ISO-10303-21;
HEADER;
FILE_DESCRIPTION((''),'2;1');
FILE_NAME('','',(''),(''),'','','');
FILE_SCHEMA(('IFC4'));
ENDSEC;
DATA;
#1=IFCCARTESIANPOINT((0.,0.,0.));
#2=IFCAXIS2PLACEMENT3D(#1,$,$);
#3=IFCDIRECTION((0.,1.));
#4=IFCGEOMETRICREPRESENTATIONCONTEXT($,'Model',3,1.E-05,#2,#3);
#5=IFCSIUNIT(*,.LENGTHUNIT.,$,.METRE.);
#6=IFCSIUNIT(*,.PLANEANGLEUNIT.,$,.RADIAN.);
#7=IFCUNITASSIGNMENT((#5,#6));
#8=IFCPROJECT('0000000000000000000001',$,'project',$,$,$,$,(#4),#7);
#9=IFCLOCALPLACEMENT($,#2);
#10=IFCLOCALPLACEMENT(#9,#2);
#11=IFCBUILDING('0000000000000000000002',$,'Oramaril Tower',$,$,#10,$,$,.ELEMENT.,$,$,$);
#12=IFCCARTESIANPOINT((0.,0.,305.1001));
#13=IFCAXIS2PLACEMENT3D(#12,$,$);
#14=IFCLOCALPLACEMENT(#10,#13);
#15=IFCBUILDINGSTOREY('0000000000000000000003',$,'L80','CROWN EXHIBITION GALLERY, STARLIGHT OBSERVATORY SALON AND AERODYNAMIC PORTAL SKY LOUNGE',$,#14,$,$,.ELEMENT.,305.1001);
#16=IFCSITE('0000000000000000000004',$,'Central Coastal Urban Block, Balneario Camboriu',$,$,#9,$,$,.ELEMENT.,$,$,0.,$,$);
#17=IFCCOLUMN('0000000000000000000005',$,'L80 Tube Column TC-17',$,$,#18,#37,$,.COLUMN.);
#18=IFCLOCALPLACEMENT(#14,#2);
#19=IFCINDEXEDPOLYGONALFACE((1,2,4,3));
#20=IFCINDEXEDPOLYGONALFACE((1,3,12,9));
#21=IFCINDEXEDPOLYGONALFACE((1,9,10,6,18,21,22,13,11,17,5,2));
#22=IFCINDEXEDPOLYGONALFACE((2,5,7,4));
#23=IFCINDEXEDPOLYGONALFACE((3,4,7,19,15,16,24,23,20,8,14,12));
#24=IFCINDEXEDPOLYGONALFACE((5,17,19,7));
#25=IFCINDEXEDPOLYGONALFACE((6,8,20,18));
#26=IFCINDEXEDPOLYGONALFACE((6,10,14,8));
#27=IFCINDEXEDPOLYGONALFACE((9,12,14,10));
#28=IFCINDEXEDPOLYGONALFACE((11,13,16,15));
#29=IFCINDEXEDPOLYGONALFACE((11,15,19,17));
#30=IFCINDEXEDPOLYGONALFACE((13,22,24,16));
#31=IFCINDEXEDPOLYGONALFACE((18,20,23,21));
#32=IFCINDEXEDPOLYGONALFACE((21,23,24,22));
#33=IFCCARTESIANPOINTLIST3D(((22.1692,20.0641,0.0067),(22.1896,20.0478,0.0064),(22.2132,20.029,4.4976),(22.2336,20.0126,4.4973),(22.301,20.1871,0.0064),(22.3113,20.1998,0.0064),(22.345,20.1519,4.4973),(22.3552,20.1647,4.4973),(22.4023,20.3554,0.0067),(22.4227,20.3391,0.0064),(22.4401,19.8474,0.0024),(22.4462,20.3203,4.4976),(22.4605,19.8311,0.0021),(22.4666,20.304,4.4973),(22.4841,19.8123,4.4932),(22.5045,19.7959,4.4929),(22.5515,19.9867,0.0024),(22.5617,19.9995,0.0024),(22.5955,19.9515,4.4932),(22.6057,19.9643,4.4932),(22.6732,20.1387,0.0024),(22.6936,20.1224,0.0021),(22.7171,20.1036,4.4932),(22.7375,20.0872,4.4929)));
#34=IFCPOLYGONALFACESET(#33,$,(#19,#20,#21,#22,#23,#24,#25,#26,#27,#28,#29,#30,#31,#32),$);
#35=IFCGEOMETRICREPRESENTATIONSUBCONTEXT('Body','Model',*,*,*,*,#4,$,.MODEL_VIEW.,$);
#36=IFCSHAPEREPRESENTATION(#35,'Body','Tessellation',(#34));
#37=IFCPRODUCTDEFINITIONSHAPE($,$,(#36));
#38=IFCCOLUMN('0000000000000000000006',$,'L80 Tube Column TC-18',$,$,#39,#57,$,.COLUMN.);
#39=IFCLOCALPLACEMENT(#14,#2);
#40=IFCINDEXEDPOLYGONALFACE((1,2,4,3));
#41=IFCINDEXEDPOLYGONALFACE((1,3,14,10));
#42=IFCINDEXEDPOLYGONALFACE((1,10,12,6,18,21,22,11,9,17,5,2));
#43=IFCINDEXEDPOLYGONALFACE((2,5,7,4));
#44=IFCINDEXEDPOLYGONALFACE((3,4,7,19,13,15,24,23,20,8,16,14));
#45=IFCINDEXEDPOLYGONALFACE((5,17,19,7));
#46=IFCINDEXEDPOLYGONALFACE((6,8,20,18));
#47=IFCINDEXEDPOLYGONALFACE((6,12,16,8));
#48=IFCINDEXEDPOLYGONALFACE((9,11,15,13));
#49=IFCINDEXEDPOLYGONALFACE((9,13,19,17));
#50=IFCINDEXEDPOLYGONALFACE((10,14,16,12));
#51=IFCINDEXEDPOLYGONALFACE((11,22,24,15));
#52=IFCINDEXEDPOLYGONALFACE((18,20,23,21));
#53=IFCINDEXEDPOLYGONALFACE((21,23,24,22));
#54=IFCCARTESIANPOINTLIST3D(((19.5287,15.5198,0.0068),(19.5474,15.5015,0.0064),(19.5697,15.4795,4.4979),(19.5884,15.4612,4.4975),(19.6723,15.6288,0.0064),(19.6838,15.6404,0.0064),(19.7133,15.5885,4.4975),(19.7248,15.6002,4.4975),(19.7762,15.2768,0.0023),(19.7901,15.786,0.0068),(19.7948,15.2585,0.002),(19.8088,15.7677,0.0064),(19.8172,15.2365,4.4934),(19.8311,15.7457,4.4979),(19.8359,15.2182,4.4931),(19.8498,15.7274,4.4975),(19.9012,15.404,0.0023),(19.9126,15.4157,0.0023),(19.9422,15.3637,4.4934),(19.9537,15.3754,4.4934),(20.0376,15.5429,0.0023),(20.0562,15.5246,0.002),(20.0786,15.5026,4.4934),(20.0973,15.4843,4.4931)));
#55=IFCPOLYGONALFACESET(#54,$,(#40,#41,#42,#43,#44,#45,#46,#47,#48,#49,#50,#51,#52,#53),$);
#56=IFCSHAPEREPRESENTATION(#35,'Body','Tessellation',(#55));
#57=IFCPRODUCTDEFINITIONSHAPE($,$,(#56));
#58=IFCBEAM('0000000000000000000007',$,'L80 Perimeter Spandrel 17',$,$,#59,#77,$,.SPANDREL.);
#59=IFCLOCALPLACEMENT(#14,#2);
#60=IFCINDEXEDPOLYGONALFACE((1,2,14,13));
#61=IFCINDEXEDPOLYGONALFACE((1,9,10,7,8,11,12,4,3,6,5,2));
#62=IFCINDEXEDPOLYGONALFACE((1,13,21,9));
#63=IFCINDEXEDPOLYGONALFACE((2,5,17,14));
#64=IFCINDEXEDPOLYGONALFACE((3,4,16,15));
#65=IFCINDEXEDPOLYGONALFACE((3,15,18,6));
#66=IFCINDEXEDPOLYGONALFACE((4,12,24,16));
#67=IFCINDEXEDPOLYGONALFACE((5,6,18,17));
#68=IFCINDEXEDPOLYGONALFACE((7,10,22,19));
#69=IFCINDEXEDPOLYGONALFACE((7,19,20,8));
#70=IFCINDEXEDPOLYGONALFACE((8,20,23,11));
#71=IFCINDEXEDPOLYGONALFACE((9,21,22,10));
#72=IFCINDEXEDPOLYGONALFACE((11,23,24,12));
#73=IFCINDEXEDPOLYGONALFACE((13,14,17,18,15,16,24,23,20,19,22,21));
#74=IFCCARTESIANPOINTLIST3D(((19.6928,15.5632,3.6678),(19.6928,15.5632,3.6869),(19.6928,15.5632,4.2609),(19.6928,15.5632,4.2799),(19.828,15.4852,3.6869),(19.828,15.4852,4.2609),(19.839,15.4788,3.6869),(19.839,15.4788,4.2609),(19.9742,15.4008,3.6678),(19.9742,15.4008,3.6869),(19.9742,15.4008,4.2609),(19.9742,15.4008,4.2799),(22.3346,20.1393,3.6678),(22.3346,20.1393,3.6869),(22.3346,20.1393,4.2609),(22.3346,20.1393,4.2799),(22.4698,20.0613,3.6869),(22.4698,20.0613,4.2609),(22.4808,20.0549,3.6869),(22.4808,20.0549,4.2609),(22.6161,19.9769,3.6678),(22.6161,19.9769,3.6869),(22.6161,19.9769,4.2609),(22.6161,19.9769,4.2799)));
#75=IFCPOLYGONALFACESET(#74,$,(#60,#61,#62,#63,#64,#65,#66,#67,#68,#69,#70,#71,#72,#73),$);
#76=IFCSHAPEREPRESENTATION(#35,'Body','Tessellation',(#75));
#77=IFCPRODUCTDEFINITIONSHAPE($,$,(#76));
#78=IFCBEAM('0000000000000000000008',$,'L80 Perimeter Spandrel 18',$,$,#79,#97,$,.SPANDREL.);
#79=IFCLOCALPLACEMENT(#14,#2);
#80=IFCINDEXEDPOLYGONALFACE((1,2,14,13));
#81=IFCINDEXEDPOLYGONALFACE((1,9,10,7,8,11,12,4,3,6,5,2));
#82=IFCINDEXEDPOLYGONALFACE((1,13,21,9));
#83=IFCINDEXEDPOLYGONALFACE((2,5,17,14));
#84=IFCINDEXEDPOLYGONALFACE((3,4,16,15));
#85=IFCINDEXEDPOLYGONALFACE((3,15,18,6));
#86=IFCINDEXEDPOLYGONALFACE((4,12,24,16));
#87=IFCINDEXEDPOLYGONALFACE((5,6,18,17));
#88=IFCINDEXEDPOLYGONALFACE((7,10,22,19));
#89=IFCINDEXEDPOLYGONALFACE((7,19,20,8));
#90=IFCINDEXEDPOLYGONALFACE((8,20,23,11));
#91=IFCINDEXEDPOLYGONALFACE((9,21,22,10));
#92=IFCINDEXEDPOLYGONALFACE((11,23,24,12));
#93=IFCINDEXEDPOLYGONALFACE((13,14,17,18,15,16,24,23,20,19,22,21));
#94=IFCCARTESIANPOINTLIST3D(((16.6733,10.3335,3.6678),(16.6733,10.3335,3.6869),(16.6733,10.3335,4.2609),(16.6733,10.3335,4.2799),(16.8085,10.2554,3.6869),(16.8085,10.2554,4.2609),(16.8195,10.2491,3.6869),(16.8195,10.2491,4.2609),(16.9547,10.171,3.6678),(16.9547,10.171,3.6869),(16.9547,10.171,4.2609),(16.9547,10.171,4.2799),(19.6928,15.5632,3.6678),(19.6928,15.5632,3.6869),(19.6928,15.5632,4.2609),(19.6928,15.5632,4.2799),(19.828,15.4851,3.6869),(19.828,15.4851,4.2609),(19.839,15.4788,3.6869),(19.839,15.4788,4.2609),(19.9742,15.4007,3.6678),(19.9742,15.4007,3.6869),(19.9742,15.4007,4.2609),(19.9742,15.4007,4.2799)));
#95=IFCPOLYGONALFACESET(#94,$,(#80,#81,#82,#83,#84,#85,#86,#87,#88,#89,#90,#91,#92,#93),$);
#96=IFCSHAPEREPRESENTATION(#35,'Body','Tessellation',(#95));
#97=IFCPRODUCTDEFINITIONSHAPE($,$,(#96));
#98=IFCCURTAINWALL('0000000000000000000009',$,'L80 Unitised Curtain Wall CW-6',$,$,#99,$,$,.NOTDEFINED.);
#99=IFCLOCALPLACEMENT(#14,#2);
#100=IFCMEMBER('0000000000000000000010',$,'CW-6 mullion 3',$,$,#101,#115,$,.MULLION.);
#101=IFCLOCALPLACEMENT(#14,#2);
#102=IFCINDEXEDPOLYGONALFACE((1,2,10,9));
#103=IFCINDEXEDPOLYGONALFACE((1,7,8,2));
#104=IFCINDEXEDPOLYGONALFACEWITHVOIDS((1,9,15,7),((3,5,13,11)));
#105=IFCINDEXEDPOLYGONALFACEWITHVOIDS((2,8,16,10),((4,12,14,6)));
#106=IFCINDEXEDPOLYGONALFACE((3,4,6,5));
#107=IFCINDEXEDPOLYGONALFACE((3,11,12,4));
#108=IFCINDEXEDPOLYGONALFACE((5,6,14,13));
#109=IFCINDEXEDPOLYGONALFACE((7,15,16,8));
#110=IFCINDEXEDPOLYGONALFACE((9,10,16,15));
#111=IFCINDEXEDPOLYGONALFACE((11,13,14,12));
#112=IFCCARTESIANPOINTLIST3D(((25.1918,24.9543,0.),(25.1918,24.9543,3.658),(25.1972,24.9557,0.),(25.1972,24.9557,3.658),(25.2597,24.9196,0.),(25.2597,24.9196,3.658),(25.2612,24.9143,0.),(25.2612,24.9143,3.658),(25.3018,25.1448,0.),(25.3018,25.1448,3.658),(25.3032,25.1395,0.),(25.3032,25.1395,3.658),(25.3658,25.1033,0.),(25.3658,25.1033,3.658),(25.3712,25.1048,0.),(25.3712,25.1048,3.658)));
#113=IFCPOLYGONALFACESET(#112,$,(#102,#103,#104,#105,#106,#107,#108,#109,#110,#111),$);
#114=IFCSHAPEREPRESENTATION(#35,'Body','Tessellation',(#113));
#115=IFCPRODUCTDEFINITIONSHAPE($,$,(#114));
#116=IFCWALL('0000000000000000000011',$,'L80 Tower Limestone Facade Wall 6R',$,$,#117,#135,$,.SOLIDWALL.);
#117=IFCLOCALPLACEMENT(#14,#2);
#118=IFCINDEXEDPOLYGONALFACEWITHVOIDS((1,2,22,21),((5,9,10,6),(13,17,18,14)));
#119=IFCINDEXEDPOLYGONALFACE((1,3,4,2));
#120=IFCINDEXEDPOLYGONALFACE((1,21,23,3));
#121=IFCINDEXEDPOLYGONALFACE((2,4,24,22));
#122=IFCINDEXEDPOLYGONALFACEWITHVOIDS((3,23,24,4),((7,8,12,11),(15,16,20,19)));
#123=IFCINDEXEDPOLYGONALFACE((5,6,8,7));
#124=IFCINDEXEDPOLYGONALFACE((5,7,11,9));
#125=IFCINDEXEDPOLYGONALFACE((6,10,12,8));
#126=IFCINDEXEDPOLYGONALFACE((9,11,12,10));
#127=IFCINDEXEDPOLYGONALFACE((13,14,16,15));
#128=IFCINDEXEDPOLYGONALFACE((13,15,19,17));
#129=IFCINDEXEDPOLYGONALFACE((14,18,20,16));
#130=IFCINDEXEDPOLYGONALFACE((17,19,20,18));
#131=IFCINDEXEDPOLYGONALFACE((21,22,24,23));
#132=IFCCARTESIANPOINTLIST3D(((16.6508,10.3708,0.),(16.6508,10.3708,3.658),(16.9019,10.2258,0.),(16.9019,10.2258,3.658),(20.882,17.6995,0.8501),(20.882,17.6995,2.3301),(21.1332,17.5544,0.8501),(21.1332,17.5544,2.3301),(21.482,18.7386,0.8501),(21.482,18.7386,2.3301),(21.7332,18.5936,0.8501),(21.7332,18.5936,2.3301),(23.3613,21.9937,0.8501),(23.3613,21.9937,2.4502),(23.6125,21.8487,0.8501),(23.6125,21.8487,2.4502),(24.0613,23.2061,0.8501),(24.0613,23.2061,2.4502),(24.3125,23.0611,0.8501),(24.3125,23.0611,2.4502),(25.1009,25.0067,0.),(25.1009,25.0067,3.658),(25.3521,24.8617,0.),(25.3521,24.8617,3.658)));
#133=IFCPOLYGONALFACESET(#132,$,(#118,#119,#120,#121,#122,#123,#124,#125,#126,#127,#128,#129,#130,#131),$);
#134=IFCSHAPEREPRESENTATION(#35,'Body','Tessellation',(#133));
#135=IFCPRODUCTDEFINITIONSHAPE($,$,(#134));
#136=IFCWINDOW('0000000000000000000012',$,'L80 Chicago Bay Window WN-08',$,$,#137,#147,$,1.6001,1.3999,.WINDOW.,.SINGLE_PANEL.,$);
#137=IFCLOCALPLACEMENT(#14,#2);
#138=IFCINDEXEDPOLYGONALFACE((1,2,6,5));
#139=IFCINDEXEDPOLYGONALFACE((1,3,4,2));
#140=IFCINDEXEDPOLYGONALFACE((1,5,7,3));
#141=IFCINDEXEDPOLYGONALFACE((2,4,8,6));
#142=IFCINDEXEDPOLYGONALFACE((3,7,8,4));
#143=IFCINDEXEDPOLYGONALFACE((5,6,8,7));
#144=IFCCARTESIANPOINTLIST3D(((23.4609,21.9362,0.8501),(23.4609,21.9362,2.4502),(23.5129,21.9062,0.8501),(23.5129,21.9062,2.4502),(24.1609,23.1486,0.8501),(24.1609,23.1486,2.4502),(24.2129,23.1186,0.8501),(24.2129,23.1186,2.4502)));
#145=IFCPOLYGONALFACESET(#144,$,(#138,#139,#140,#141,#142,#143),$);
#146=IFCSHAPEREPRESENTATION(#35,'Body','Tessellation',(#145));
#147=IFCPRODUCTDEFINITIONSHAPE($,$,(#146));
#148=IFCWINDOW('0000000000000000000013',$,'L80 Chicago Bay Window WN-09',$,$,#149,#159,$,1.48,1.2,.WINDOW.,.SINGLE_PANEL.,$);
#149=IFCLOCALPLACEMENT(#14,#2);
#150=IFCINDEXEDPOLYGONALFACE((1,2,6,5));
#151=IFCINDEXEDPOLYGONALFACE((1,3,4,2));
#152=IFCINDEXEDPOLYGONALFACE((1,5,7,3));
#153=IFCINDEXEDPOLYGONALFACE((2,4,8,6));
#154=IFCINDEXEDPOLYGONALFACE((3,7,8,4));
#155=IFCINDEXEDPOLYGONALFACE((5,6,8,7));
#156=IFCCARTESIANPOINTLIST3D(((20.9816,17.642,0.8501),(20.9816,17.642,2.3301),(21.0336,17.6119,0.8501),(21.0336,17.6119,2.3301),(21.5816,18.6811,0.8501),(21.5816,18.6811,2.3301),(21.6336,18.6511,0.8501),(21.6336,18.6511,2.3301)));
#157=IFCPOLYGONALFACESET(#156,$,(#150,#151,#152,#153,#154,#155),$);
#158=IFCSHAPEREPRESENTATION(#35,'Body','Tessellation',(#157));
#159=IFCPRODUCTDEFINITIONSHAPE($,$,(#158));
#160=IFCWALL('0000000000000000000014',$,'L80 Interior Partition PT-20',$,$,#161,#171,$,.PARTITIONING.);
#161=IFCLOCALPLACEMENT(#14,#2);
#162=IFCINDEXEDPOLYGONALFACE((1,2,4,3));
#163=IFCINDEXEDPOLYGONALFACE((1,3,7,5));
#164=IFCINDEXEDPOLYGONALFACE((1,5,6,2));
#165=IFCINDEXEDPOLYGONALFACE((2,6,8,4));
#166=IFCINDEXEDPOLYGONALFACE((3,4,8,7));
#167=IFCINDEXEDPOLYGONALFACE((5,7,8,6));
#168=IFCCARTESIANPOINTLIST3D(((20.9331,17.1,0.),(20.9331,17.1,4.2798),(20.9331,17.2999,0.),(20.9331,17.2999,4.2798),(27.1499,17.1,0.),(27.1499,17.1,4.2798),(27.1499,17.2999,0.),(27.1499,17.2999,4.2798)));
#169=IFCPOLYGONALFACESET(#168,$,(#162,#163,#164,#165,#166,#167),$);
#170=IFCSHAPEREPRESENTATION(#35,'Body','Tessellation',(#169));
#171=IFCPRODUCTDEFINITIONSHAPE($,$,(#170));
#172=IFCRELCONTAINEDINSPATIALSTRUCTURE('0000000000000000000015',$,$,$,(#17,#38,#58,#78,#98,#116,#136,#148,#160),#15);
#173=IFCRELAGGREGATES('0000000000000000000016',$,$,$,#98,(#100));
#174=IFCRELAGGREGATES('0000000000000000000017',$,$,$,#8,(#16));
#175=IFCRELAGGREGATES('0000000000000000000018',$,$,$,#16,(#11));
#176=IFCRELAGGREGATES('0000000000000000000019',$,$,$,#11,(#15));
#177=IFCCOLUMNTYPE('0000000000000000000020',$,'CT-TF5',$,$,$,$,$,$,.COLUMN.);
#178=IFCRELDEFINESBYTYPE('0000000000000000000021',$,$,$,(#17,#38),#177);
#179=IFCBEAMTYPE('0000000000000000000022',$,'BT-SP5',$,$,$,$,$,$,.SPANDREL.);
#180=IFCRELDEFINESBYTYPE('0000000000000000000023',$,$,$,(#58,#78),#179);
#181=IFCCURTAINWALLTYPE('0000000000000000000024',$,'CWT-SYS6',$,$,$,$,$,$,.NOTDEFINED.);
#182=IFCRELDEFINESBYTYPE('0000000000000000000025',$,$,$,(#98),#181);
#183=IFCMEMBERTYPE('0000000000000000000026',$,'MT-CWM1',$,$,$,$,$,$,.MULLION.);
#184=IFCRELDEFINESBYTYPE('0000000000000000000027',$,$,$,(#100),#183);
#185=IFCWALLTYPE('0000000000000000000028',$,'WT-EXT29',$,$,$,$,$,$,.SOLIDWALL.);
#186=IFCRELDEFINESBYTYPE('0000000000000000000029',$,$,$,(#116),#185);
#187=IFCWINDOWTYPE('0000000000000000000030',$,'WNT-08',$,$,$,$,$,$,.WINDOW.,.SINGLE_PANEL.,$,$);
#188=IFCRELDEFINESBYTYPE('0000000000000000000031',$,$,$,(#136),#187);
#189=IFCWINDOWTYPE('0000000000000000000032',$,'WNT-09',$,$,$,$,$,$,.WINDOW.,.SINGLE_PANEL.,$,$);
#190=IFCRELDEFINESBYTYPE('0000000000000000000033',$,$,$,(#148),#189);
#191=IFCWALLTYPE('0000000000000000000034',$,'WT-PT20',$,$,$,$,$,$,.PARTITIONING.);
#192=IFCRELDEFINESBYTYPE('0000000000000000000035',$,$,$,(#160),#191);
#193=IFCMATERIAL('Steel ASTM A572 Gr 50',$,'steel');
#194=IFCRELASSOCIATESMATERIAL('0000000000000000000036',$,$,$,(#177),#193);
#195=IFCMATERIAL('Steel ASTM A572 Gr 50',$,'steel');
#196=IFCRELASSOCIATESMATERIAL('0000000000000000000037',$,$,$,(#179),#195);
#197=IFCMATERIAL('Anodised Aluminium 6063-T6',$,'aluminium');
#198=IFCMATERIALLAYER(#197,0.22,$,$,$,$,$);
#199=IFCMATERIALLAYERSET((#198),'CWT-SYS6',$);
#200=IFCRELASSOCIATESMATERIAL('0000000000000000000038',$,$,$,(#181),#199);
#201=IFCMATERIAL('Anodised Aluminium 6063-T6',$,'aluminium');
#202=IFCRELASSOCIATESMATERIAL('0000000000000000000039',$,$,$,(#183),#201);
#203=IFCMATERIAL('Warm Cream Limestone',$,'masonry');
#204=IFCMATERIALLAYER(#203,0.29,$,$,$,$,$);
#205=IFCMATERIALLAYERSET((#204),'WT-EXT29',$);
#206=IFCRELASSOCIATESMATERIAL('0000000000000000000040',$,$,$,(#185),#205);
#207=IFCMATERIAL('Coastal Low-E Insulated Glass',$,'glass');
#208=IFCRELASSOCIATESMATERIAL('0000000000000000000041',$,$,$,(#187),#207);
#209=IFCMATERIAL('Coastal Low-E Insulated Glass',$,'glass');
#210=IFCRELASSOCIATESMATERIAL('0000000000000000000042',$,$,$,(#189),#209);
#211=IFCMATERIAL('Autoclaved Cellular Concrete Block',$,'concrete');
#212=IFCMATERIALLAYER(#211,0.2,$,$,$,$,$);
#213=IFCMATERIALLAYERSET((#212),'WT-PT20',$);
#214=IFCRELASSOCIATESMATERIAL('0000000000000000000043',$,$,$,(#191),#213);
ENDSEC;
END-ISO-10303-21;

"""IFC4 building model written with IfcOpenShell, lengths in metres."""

from ifc_helpers import new_model, si_unit, direction, frame, frame_2d, origin, origin_2d, place, context, subcontext, project, spatial, rectangle, hollow_rectangle, i_section, extrude, material, layer, layer_set, material_profile, profile_set, type_object, element, fill, aggregate, save


model = new_model("IFC4")

# Units and contexts
model_context = context("Model", 3, precision=1e-05, world=origin(), true_north=direction((0.0, 1.0)))
body_context = subcontext(model_context, "Body", "Model", "MODEL_VIEW")
ifc_project = project(units=[si_unit("LENGTHUNIT", "METRE"), si_unit("PLANEANGLEUNIT", "RADIAN")], contexts=[model_context])

# Site, building, storey
site_placement = place(None, origin())
site = spatial("IfcSite", under=ifc_project, at=site_placement, Name="Central Coastal Urban Block, Balneario Camboriu", CompositionType="ELEMENT", RefElevation=0.0)
building_placement = place(site_placement, origin())
building = spatial("IfcBuilding", under=site, at=building_placement, Name="Oramaril Tower", CompositionType="ELEMENT")
storey_placement = place(building_placement, frame((0.0, 0.0, 305.1001)))
storey = spatial("IfcBuildingStorey", under=building, at=storey_placement, Name="L80", Description="CROWN EXHIBITION GALLERY, STARLIGHT OBSERVATORY SALON AND AERODYNAMIC PORTAL SKY LOUNGE", CompositionType="ELEMENT", Elevation=305.1001)

# Columns
ifc_material_1 = material(Name="Steel ASTM A572 Gr 50", Category="steel")
ifc_material_profile_1 = material_profile(ifc_material_1, i_section(OverallWidth=0.373, OverallDepth=0.373, WebThickness=0.0164, FlangeThickness=0.0261, at=origin_2d()), Name="W14X132")
ifc_profile_set_1 = profile_set([ifc_material_profile_1], Name="Steel ASTM A572 Gr 50")
column_type = type_object("IfcColumnType", Name="CT-TF5", PredefinedType="COLUMN", material=ifc_profile_set_1)
column_1_placement = place(storey_placement, frame((22.4314, 20.0933, 0.0044), z_axis=(0.009784, -0.007828, 0.999921), x_axis=(0.624695, 0.780869, 0.0)))
element("IfcColumn", 1, at=column_1_placement, inside=storey, type_object=column_type, Name="L80 Tube Column TC-17", PredefinedType="COLUMN", context=body_context, shape_type="SweptSolid", body=[
    extrude(i_section(OverallWidth=0.373, OverallDepth=0.373, WebThickness=0.0164, FlangeThickness=0.0261, at=origin_2d()), origin(), (0.0, 0.0, 1.0), 4.4912),
])
column_2_placement = place(storey_placement, frame((19.7925, 15.5222, 0.0044), z_axis=(0.009132, -0.008969, 0.999918), x_axis=(0.700708, 0.713448, 0.0)))
element("IfcColumn", 2, at=column_2_placement, inside=storey, type_object=column_type, Name="L80 Tube Column TC-18", PredefinedType="COLUMN", context=body_context, shape_type="SweptSolid", body=[
    extrude(i_section(OverallWidth=0.373, OverallDepth=0.373, WebThickness=0.0164, FlangeThickness=0.0261, at=origin_2d()), origin(), (0.0, 0.0, 1.0), 4.4915),
])

# Beams
ifc_material_2 = material(Name="Steel ASTM A572 Gr 50", Category="steel")
ifc_material_profile_2 = material_profile(ifc_material_2, i_section(OverallWidth=0.325, OverallDepth=0.6121, WebThickness=0.0127, FlangeThickness=0.019, at=origin_2d()), Name="W24X104")
ifc_profile_set_2 = profile_set([ifc_material_profile_2], Name="Steel ASTM A572 Gr 50")
beam_type = type_object("IfcBeamType", Name="BT-SP5", PredefinedType="SPANDREL", material=ifc_profile_set_2)
beam_1_placement = place(storey_placement, frame((22.4753, 20.0581, 3.9739), z_axis=(-0.49997, -0.866042, 0.0), x_axis=(0.866042, -0.49997, 0.0)))
element("IfcBeam", 3, at=beam_1_placement, inside=storey, type_object=beam_type, Name="L80 Perimeter Spandrel 17", PredefinedType="SPANDREL", context=body_context, shape_type="SweptSolid", body=[
    extrude(i_section(OverallWidth=0.325, OverallDepth=0.6121, WebThickness=0.0127, FlangeThickness=0.019, at=origin_2d()), origin(), (0.0, 0.0, 1.0), 5.2839),
])
beam_2_placement = place(storey_placement, frame((19.8335, 15.4819, 3.9739), z_axis=(-0.500018, -0.866015, 0.0), x_axis=(0.866015, -0.500018, 0.0)))
element("IfcBeam", 4, at=beam_2_placement, inside=storey, type_object=beam_type, Name="L80 Perimeter Spandrel 18", PredefinedType="SPANDREL", context=body_context, shape_type="SweptSolid", body=[
    extrude(i_section(OverallWidth=0.325, OverallDepth=0.6121, WebThickness=0.0127, FlangeThickness=0.019, at=origin_2d()), origin(), (0.0, 0.0, 1.0), 6.0388),
])

# Curtain wall, member
ifc_material_3 = material(Name="Anodised Aluminium 6063-T6", Category="aluminium")
ifc_layer_1 = layer(ifc_material_3, 0.22)
ifc_layer_set_1 = layer_set([ifc_layer_1], Name="CWT-SYS6")
curtain_wall_type = type_object("IfcCurtainWallType", Name="CWT-SYS6", PredefinedType="NOTDEFINED", material=ifc_layer_set_1)
curtain_wall_placement = place(storey_placement, origin())
curtain_wall = element("IfcCurtainWall", 5, at=curtain_wall_placement, inside=storey, type_object=curtain_wall_type, Name="L80 Unitised Curtain Wall CW-6", PredefinedType="NOTDEFINED")
ifc_material_4 = material(Name="Anodised Aluminium 6063-T6", Category="aluminium")
ifc_material_profile_3 = material_profile(ifc_material_4, hollow_rectangle(XDim=0.0801, YDim=0.22, WallThickness=0.0039, at=origin_2d()), Name="CWM220X80")
ifc_profile_set_3 = profile_set([ifc_material_profile_3], Name="Anodised Aluminium 6063-T6")
member_type = type_object("IfcMemberType", Name="MT-CWM1", PredefinedType="MULLION", material=ifc_profile_set_3)
member_placement = place(storey_placement, frame((25.2815, 25.0295, 0.0), z_axis=(0.0, 0.0, 1.0), x_axis=(0.866025, -0.5, 0.0)))
member = element("IfcMember", 6, at=member_placement, type_object=member_type, Name="CW-6 mullion 3", PredefinedType="MULLION", context=body_context, shape_type="SweptSolid", body=[
    extrude(hollow_rectangle(XDim=0.0801, YDim=0.22, WallThickness=0.0039, at=origin_2d()), origin(), (0.0, 0.0, 1.0), 3.658),
])
aggregate(curtain_wall, [member])

# Wall, openings, windows
ifc_material_5 = material(Name="Warm Cream Limestone", Category="masonry")
ifc_layer_2 = layer(ifc_material_5, 0.29)
ifc_layer_set_2 = layer_set([ifc_layer_2], Name="WT-EXT29")
wall_type_1 = type_object("IfcWallType", Name="WT-EXT29", PredefinedType="SOLIDWALL", material=ifc_layer_set_2)
wall_1_placement = place(storey_placement, frame((25.2266, 24.9343, 0.0), z_axis=(0.0, 0.0, 1.0), x_axis=(-0.500005, -0.866023, 0.0)))
wall_1 = element("IfcWall", 7, at=wall_1_placement, inside=storey, type_object=wall_type_1, Name="L80 Tower Limestone Facade Wall 6R", PredefinedType="SOLIDWALL", context=body_context, shape_type="SweptSolid", body=[
    extrude(rectangle(XDim=16.9001, YDim=0.29, at=frame_2d((8.4502, 0.0))), origin(), (0.0, 0.0, 1.0), 3.658),
])
opening_1_placement = place(wall_1_placement, frame((2.0793, 0.0, 0.8501)))
opening_1 = element("IfcOpeningElement", 8, at=opening_1_placement, cuts=wall_1, PredefinedType="OPENING", context=body_context, shape_type="SweptSolid", body=[
    extrude(rectangle(XDim=1.3999, YDim=1.6001, at=frame_2d((0.7, 0.8))), frame((0.0, 0.145, 0.0), z_axis=(0.0, -1.0, 0.0), x_axis=(1.0, 0.0, 0.0)), (0.0, 0.0, 1.0), 0.29),
])
opening_2_placement = place(wall_1_placement, frame((7.2378, 0.0, 0.8501)))
opening_2 = element("IfcOpeningElement", 9, at=opening_2_placement, cuts=wall_1, PredefinedType="OPENING", context=body_context, shape_type="SweptSolid", body=[
    extrude(rectangle(XDim=1.2, YDim=1.48, at=frame_2d((0.6001, 0.74))), frame((0.0, 0.145, 0.0), z_axis=(0.0, -1.0, 0.0), x_axis=(1.0, 0.0, 0.0)), (0.0, 0.0, 1.0), 0.29),
])
ifc_material_6 = material(Name="Coastal Low-E Insulated Glass", Category="glass")
window_type_1 = type_object("IfcWindowType", Name="WNT-08", PartitioningType="SINGLE_PANEL", PredefinedType="WINDOW", material=ifc_material_6)
window_1_placement = place(opening_1_placement, origin())
window_1 = element("IfcWindow", 10, at=window_1_placement, inside=storey, type_object=window_type_1, Name="L80 Chicago Bay Window WN-08", OverallHeight=1.6001, OverallWidth=1.3999, PartitioningType="SINGLE_PANEL", PredefinedType="WINDOW", context=body_context, shape_type="SweptSolid", body=[
    extrude(rectangle(XDim=1.3999, YDim=1.6001, at=frame_2d((0.7, 0.8))), frame((0.0, 0.03, 0.0), z_axis=(0.0, -1.0, 0.0), x_axis=(1.0, 0.0, 0.0)), (0.0, 0.0, 1.0), 0.0601),
])
fill(opening_1, window_1)
ifc_material_7 = material(Name="Coastal Low-E Insulated Glass", Category="glass")
window_type_2 = type_object("IfcWindowType", Name="WNT-09", PartitioningType="SINGLE_PANEL", PredefinedType="WINDOW", material=ifc_material_7)
window_2_placement = place(opening_2_placement, origin())
window_2 = element("IfcWindow", 11, at=window_2_placement, inside=storey, type_object=window_type_2, Name="L80 Chicago Bay Window WN-09", OverallHeight=1.48, OverallWidth=1.2, PartitioningType="SINGLE_PANEL", PredefinedType="WINDOW", context=body_context, shape_type="SweptSolid", body=[
    extrude(rectangle(XDim=1.2, YDim=1.48, at=frame_2d((0.6001, 0.74))), frame((0.0, 0.03, 0.0), z_axis=(0.0, -1.0, 0.0), x_axis=(1.0, 0.0, 0.0)), (0.0, 0.0, 1.0), 0.0601),
])
fill(opening_2, window_2)

# Wall
ifc_material_8 = material(Name="Autoclaved Cellular Concrete Block", Category="concrete")
ifc_layer_3 = layer(ifc_material_8, 0.2)
ifc_layer_set_3 = layer_set([ifc_layer_3], Name="WT-PT20")
wall_type_2 = type_object("IfcWallType", Name="WT-PT20", PredefinedType="PARTITIONING", material=ifc_layer_set_3)
wall_2_placement = place(storey_placement, frame((20.9331, 17.2, 0.0), z_axis=(0.0, 0.0, 1.0), x_axis=(1.0, 0.0, 0.0)))
element("IfcWall", 12, at=wall_2_placement, inside=storey, type_object=wall_type_2, Name="L80 Interior Partition PT-20", PredefinedType="PARTITIONING", context=body_context, shape_type="SweptSolid", body=[
    extrude(rectangle(XDim=6.2168, YDim=0.2, at=frame_2d((3.1084, 0.0))), origin(), (0.0, 0.0, 1.0), 4.2798),
])

save(model, "model.ifc")
